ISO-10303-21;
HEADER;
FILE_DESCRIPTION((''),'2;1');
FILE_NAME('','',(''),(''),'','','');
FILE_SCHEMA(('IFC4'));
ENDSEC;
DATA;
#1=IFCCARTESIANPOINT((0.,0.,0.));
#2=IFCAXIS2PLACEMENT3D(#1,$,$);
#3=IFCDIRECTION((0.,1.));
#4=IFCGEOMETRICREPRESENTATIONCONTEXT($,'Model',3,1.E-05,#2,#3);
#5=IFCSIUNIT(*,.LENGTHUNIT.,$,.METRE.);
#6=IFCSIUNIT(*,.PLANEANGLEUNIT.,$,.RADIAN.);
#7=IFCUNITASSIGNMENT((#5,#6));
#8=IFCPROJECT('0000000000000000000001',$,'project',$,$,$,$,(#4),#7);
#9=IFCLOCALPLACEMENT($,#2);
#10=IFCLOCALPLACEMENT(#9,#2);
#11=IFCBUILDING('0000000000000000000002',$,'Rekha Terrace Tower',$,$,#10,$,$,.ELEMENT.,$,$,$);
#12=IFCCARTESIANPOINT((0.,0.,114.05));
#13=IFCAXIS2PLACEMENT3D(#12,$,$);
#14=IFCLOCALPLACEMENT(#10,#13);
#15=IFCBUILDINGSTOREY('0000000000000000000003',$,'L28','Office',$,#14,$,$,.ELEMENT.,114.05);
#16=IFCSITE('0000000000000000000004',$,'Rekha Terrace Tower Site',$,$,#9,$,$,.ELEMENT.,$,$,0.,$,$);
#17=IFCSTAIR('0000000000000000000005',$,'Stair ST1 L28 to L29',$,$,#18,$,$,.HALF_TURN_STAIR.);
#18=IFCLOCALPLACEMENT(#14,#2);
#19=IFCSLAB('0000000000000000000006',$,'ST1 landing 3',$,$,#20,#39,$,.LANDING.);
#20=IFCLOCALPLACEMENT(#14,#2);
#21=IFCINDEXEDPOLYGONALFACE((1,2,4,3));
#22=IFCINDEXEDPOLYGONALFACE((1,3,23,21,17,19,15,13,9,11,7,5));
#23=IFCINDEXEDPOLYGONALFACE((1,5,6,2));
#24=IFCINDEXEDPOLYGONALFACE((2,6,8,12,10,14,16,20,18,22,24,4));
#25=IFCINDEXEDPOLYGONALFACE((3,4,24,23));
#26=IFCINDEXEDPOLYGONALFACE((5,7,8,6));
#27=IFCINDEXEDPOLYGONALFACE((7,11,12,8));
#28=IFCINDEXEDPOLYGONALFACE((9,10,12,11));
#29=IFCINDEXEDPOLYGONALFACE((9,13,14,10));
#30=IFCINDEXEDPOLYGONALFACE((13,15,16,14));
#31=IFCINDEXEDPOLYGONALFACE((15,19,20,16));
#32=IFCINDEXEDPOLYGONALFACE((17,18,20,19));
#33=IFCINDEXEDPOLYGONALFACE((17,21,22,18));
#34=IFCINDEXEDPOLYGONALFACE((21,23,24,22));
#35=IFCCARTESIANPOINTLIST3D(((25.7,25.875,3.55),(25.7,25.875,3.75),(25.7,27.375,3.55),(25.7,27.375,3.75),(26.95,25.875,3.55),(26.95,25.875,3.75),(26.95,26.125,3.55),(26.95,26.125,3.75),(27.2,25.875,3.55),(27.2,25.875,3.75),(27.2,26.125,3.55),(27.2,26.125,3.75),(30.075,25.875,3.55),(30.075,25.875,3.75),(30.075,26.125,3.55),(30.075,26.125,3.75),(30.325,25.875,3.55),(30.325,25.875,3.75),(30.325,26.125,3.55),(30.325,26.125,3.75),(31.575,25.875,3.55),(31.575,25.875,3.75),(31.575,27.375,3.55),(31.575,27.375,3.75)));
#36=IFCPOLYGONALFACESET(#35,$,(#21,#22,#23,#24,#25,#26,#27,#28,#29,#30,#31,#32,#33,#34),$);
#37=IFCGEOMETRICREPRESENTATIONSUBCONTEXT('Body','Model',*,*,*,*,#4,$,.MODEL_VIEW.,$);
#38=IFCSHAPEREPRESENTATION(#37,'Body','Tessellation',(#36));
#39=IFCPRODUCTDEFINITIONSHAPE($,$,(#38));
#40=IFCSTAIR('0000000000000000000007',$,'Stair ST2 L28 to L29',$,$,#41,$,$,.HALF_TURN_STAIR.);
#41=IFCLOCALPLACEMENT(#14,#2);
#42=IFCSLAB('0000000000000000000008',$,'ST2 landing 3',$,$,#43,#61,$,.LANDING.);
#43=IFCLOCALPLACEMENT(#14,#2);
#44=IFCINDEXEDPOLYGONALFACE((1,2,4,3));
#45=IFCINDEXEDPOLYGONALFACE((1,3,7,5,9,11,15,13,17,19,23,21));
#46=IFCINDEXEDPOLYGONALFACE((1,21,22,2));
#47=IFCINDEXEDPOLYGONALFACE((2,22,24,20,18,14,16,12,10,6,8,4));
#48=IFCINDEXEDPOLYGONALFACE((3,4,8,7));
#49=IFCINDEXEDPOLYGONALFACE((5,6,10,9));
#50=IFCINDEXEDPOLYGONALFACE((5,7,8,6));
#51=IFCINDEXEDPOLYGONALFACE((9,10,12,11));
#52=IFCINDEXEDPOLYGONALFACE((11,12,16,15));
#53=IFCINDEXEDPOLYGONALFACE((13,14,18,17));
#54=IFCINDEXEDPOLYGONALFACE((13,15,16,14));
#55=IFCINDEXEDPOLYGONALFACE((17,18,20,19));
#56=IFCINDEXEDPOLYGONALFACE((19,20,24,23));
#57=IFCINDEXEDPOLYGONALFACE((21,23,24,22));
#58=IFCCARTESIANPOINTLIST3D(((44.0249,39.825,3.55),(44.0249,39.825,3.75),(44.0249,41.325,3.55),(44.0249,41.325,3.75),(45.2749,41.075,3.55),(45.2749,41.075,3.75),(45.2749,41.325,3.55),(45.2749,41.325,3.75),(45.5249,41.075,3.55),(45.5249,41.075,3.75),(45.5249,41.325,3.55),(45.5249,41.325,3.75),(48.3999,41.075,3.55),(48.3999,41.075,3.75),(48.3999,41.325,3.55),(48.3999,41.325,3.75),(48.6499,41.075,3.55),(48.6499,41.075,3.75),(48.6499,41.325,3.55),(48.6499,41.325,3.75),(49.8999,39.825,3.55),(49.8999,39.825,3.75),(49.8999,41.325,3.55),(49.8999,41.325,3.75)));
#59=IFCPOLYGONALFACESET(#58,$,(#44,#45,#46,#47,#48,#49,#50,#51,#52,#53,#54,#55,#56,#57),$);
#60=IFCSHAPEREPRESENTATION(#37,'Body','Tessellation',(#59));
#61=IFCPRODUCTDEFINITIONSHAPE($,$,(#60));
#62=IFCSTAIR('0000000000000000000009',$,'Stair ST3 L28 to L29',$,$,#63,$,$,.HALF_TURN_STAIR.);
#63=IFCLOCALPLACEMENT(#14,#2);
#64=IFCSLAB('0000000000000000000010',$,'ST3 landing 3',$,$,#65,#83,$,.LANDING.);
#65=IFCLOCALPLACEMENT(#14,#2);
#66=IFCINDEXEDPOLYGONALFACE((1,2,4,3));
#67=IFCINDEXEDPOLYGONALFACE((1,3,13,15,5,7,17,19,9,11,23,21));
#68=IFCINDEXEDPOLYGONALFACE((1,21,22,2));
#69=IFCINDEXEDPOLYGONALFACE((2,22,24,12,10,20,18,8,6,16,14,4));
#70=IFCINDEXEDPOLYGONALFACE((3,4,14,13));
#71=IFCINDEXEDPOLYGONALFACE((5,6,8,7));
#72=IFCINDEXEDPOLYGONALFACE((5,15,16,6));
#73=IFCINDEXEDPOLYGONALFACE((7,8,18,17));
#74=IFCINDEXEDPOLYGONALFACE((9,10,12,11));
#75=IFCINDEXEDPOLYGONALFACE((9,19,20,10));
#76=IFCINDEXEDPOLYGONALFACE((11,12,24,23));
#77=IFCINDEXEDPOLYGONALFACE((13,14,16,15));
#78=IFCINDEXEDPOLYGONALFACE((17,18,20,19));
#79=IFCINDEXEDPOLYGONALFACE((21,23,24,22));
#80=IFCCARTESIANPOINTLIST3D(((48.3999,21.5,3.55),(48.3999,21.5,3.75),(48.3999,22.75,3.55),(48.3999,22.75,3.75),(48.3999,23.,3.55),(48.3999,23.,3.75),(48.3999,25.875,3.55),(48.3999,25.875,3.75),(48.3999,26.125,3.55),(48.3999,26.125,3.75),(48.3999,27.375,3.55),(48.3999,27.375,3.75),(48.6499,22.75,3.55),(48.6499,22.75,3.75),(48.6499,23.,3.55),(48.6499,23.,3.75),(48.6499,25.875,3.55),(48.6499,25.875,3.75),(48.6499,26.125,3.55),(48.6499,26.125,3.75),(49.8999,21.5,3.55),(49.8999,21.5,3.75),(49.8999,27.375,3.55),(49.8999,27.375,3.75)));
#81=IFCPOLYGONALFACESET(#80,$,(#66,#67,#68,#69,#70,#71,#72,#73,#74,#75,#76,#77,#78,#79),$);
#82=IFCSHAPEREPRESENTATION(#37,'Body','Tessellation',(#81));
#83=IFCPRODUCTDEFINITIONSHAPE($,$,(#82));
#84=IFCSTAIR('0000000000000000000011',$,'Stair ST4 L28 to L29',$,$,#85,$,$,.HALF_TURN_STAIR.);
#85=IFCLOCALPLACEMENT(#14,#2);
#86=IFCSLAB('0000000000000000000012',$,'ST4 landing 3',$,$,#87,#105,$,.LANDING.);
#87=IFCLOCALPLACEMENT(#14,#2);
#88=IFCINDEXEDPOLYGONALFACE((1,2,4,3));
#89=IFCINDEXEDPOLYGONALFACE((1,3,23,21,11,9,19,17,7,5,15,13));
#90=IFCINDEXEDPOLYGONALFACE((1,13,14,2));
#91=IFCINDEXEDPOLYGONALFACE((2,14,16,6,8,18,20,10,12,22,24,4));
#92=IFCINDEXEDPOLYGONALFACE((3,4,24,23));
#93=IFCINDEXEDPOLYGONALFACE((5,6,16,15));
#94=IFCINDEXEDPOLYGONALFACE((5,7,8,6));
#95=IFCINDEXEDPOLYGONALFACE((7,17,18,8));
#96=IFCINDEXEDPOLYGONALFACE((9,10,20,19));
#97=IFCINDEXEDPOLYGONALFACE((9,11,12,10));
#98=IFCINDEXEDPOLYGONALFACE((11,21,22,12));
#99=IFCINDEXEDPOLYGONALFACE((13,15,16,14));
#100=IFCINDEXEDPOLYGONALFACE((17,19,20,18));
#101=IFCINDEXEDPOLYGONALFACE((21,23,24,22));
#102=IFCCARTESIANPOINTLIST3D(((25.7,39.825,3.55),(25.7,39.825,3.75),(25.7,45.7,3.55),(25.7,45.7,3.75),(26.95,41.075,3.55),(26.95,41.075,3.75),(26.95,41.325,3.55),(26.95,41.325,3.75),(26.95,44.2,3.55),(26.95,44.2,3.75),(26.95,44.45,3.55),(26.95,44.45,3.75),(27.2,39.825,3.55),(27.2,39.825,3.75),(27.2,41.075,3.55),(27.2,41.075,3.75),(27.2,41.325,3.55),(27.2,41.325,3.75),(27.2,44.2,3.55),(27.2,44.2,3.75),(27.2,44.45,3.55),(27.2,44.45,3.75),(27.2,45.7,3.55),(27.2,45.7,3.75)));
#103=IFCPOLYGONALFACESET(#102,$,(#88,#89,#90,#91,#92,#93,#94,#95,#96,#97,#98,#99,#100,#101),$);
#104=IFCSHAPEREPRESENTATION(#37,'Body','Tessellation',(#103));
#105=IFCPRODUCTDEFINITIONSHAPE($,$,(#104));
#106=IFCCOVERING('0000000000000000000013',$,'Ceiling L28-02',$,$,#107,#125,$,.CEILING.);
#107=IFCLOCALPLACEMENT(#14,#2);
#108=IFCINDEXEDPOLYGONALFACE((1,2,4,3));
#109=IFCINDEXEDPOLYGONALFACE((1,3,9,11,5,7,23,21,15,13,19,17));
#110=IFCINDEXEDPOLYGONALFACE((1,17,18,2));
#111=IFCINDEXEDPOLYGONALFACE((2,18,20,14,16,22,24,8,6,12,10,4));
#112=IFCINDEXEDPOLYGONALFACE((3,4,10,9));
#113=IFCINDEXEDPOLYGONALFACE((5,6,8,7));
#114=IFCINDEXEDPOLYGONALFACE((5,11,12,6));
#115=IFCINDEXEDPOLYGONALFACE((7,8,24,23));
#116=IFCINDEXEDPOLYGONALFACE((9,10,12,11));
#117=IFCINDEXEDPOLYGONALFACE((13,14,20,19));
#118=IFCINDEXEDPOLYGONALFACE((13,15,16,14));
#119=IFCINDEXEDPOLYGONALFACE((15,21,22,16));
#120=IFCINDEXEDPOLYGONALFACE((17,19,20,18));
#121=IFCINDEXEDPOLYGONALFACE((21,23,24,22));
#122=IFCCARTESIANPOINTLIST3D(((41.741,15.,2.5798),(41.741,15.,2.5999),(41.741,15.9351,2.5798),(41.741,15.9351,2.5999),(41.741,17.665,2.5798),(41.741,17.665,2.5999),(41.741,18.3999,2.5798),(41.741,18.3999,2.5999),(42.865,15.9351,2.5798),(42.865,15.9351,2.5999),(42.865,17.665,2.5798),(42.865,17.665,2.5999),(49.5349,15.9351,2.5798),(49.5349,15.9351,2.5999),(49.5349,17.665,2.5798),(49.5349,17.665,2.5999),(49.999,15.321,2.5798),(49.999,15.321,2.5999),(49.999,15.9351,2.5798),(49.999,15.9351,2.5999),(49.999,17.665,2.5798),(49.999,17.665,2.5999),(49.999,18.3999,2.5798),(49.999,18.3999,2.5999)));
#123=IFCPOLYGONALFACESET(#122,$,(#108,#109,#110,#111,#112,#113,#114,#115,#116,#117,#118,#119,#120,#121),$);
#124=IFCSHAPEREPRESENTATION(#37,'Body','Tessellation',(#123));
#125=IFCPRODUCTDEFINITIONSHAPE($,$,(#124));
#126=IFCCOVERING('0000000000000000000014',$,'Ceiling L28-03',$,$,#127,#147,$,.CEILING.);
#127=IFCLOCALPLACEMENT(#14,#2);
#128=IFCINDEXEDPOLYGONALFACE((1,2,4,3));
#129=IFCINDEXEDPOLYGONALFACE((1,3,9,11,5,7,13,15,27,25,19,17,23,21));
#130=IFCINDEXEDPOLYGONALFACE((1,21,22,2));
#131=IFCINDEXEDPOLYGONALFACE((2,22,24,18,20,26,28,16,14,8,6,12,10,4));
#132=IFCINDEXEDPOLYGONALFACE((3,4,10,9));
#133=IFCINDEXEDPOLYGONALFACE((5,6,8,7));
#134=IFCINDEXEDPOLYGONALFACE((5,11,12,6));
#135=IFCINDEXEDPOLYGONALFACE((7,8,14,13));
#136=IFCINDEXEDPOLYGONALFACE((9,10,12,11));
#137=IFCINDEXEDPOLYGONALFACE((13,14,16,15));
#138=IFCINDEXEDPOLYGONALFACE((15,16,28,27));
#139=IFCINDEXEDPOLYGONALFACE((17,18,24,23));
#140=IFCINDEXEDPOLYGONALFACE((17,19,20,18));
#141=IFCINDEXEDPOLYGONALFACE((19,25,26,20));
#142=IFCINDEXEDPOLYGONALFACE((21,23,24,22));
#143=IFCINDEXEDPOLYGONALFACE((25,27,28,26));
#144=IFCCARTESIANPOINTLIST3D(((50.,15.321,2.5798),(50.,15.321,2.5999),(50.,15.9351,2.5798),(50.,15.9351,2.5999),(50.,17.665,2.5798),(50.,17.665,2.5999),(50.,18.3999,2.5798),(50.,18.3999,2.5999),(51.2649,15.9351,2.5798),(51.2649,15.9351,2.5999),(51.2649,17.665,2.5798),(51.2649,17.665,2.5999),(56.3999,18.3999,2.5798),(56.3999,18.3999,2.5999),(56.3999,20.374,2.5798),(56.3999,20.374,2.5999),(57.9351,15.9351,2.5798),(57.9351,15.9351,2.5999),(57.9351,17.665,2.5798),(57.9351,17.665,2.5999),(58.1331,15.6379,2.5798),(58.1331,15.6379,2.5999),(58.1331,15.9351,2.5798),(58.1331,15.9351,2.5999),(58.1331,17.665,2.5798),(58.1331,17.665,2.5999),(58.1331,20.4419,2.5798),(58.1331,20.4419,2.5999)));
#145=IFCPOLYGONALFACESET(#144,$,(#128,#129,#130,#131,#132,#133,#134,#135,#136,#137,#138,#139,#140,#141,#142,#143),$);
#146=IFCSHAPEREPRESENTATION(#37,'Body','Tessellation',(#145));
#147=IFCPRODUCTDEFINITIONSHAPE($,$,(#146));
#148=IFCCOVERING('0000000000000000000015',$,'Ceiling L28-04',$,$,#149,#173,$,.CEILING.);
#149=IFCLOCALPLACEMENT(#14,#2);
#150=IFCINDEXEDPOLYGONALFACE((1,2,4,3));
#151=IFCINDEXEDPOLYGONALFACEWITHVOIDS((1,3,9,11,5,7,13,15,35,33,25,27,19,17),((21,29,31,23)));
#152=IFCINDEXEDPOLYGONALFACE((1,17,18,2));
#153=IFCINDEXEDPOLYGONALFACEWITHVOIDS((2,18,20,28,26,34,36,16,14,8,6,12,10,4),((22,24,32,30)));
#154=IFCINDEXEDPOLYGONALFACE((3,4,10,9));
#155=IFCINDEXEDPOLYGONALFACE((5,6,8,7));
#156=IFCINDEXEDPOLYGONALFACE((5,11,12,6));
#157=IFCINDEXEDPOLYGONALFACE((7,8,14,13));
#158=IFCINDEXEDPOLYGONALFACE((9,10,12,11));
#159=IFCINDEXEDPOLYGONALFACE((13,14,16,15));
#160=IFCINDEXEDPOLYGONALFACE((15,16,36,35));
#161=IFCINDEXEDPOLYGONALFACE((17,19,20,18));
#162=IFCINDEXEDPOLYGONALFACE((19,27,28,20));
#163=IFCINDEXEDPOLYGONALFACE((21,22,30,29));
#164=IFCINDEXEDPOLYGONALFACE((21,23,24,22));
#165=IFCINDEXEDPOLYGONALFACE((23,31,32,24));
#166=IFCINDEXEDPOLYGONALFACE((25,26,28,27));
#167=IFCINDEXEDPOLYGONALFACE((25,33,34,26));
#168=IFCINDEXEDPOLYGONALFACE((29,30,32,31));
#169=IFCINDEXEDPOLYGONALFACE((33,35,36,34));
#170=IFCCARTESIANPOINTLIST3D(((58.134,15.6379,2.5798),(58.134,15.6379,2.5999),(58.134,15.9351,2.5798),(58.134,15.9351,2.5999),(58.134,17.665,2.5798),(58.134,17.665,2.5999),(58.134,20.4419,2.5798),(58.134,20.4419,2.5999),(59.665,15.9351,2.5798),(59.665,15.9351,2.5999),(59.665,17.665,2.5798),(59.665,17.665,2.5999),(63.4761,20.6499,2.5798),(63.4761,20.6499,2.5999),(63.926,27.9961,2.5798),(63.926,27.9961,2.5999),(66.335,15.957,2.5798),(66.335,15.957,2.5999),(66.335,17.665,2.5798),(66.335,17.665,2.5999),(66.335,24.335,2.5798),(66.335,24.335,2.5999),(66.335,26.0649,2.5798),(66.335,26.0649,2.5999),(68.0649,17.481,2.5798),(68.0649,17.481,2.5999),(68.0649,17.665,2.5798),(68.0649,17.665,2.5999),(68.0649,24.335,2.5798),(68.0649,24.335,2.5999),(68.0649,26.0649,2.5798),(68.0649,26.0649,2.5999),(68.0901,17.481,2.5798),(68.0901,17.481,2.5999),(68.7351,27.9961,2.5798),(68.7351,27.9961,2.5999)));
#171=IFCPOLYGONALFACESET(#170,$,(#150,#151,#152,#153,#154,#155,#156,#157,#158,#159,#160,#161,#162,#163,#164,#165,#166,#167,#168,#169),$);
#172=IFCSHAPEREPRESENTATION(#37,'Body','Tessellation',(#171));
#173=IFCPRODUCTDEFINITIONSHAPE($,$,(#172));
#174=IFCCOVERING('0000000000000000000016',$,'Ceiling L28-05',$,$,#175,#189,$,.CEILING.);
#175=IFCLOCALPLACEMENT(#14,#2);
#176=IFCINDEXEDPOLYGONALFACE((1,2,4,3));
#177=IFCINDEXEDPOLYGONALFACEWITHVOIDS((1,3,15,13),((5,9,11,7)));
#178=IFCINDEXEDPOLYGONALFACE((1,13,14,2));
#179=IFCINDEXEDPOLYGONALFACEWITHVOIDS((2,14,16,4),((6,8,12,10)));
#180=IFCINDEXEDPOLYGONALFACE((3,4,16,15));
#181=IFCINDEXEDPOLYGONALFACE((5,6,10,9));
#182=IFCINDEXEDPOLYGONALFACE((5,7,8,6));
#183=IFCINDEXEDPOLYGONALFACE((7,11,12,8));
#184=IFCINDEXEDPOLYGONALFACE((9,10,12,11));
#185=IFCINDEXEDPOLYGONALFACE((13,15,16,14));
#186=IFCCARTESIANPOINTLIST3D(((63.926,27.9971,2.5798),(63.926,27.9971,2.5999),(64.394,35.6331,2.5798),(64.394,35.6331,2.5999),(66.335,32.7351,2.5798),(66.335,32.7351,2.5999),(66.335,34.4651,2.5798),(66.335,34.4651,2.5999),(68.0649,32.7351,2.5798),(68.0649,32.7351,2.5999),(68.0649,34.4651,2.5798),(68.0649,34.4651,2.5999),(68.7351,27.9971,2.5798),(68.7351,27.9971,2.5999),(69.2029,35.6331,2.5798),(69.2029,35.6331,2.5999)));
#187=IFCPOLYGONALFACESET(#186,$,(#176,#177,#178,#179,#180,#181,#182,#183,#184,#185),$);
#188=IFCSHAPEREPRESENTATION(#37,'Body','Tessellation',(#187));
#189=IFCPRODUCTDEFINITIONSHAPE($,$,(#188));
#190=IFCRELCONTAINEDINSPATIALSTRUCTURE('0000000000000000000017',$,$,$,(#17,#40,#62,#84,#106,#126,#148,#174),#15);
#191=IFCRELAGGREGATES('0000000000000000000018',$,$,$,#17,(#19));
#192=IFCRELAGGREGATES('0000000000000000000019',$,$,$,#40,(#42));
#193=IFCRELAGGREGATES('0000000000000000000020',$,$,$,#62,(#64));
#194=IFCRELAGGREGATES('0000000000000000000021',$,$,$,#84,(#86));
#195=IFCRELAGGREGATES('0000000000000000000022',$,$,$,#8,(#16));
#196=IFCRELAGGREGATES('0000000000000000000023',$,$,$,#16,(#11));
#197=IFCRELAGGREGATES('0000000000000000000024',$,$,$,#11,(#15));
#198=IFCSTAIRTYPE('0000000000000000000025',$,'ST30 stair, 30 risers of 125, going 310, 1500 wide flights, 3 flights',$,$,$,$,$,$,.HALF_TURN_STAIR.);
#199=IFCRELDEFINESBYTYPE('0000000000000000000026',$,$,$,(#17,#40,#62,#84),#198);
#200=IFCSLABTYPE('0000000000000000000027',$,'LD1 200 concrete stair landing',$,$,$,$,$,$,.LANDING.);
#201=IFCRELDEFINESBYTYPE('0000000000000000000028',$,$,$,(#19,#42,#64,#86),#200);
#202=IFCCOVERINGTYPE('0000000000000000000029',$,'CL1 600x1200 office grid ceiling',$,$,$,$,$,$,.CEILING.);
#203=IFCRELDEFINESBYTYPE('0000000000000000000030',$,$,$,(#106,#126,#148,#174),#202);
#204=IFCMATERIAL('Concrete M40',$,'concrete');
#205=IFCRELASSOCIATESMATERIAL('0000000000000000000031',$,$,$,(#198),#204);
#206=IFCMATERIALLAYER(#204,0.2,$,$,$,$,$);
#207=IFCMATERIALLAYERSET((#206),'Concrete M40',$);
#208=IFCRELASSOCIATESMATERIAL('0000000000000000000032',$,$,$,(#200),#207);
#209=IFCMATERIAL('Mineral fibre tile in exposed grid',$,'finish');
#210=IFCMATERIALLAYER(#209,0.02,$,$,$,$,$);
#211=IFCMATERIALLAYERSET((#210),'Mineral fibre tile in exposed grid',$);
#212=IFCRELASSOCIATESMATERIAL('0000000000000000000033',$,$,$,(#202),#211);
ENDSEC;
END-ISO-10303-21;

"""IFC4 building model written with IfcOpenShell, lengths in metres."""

from ifc_helpers import new_model, si_unit, direction, frame, origin, place, context, subcontext, project, spatial, polyline, outline, extrude, material, layer, layer_set, type_object, element, aggregate, save


model = new_model("IFC4")

# Units and contexts
model_context = context("Model", 3, precision=1e-05, world=origin(), true_north=direction((0.0, 1.0)))
body_context = subcontext(model_context, "Body", "Model", "MODEL_VIEW")
ifc_project = project(units=[si_unit("LENGTHUNIT", "METRE"), si_unit("PLANEANGLEUNIT", "RADIAN")], contexts=[model_context])

# Site, building, storey
site_placement = place(None, origin())
site = spatial("IfcSite", under=ifc_project, at=site_placement, Name="Rekha Terrace Tower Site", CompositionType="ELEMENT", RefElevation=0.0)
building_placement = place(site_placement, origin())
building = spatial("IfcBuilding", under=site, at=building_placement, Name="Rekha Terrace Tower", CompositionType="ELEMENT")
storey_placement = place(building_placement, frame((0.0, 0.0, 114.05)))
storey = spatial("IfcBuildingStorey", under=building, at=storey_placement, Name="L28", Description="Office", CompositionType="ELEMENT", Elevation=114.05)

# Stairs, slabs
ifc_material_1 = material(Name="Concrete M40", Category="concrete")
stair_type = type_object("IfcStairType", Name="ST30 stair, 30 risers of 125, going 310, 1500 wide flights, 3 flights", PredefinedType="HALF_TURN_STAIR", material=ifc_material_1)
stair_1_placement = place(storey_placement, origin())
stair_1 = element("IfcStair", 1, at=stair_1_placement, inside=storey, type_object=stair_type, Name="Stair ST1 L28 to L29", PredefinedType="HALF_TURN_STAIR")
ifc_layer_1 = layer(ifc_material_1, 0.2)
ifc_layer_set_1 = layer_set([ifc_layer_1], Name="Concrete M40")
slab_type = type_object("IfcSlabType", Name="LD1 200 concrete stair landing", PredefinedType="LANDING", material=ifc_layer_set_1)
slab_1_placement = place(storey_placement, frame((0.0, 0.0, 3.55)))
slab_1 = element("IfcSlab", 2, at=slab_1_placement, type_object=slab_type, Name="ST1 landing 3", PredefinedType="LANDING", context=body_context, shape_type="SweptSolid", body=[
    extrude(outline(polyline([(31.575, 25.875), (31.575, 27.375), (25.7, 27.375), (25.7, 25.875), (26.95, 25.875), (26.95, 26.125), (27.2, 26.125), (27.2, 25.875), (30.075, 25.875), (30.075, 26.125), (30.325, 26.125), (30.325, 25.875), (31.575, 25.875)])), origin(), (0.0, 0.0, 1.0), 0.2),
])
aggregate(stair_1, [slab_1])
stair_2_placement = place(storey_placement, origin())
stair_2 = element("IfcStair", 3, at=stair_2_placement, inside=storey, type_object=stair_type, Name="Stair ST2 L28 to L29", PredefinedType="HALF_TURN_STAIR")
slab_2_placement = place(storey_placement, frame((0.0, 0.0, 3.55)))
slab_2 = element("IfcSlab", 4, at=slab_2_placement, type_object=slab_type, Name="ST2 landing 3", PredefinedType="LANDING", context=body_context, shape_type="SweptSolid", body=[
    extrude(outline(polyline([(44.0249, 41.325), (44.0249, 39.825), (49.8999, 39.825), (49.8999, 41.325), (48.6499, 41.325), (48.6499, 41.075), (48.3999, 41.075), (48.3999, 41.325), (45.5249, 41.325), (45.5249, 41.075), (45.2749, 41.075), (45.2749, 41.325), (44.0249, 41.325)])), origin(), (0.0, 0.0, 1.0), 0.2),
])
aggregate(stair_2, [slab_2])
stair_3_placement = place(storey_placement, origin())
stair_3 = element("IfcStair", 5, at=stair_3_placement, inside=storey, type_object=stair_type, Name="Stair ST3 L28 to L29", PredefinedType="HALF_TURN_STAIR")
slab_3_placement = place(storey_placement, frame((0.0, 0.0, 3.55)))
slab_3 = element("IfcSlab", 6, at=slab_3_placement, type_object=slab_type, Name="ST3 landing 3", PredefinedType="LANDING", context=body_context, shape_type="SweptSolid", body=[
    extrude(outline(polyline([(48.3999, 21.5), (49.8999, 21.5), (49.8999, 27.375), (48.3999, 27.375), (48.3999, 26.125), (48.6499, 26.125), (48.6499, 25.875), (48.3999, 25.875), (48.3999, 23.0), (48.6499, 23.0), (48.6499, 22.75), (48.3999, 22.75), (48.3999, 21.5)])), origin(), (0.0, 0.0, 1.0), 0.2),
])
aggregate(stair_3, [slab_3])
stair_4_placement = place(storey_placement, origin())
stair_4 = element("IfcStair", 7, at=stair_4_placement, inside=storey, type_object=stair_type, Name="Stair ST4 L28 to L29", PredefinedType="HALF_TURN_STAIR")
slab_4_placement = place(storey_placement, frame((0.0, 0.0, 3.55)))
slab_4 = element("IfcSlab", 8, at=slab_4_placement, type_object=slab_type, Name="ST4 landing 3", PredefinedType="LANDING", context=body_context, shape_type="SweptSolid", body=[
    extrude(outline(polyline([(27.2, 39.825), (25.7, 39.825), (25.7, 45.7), (27.2, 45.7), (27.2, 44.45), (26.95, 44.45), (26.95, 44.2), (27.2, 44.2), (27.2, 41.325), (26.95, 41.325), (26.95, 41.075), (27.2, 41.075), (27.2, 39.825)])), origin(), (0.0, 0.0, 1.0), 0.2),
])
aggregate(stair_4, [slab_4])

# Coverings
ifc_material_2 = material(Name="Mineral fibre tile in exposed grid", Category="finish")
ifc_layer_2 = layer(ifc_material_2, 0.02)
ifc_layer_set_2 = layer_set([ifc_layer_2], Name="Mineral fibre tile in exposed grid")
covering_type_1 = type_object("IfcCoveringType", Name="CL1 600x1200 office grid ceiling", PredefinedType="CEILING", material=ifc_layer_set_2)
covering_1_placement = place(storey_placement, frame((0.0, 0.0, 2.5798)))
element("IfcCovering", 9, at=covering_1_placement, inside=storey, type_object=covering_type_1, Name="Ceiling L28-02", PredefinedType="CEILING", context=body_context, shape_type="SweptSolid", body=[
    extrude(outline(polyline([(41.741, 15.9351), (41.741, 15.0), (49.999, 15.321), (49.999, 15.9351), (49.5349, 15.9351), (49.5349, 17.665), (49.999, 17.665), (49.999, 18.3999), (41.741, 18.3999), (41.741, 17.665), (42.865, 17.665), (42.865, 15.9351), (41.741, 15.9351)])), origin(), (0.0, 0.0, 1.0), 0.02),
])
covering_2_placement = place(storey_placement, frame((0.0, 0.0, 2.5798)))
element("IfcCovering", 10, at=covering_2_placement, inside=storey, type_object=covering_type_1, Name="Ceiling L28-03", PredefinedType="CEILING", context=body_context, shape_type="SweptSolid", body=[
    extrude(outline(polyline([(58.1331, 17.665), (58.1331, 20.4419), (56.3999, 20.374), (56.3999, 18.3999), (50.0, 18.3999), (50.0, 17.665), (51.2649, 17.665), (51.2649, 15.9351), (50.0, 15.9351), (50.0, 15.321), (58.1331, 15.6379), (58.1331, 15.9351), (57.9351, 15.9351), (57.9351, 17.665), (58.1331, 17.665)])), origin(), (0.0, 0.0, 1.0), 0.02),
])
covering_3_placement = place(storey_placement, frame((0.0, 0.0, 2.5798)))
element("IfcCovering", 11, at=covering_3_placement, inside=storey, type_object=covering_type_1, Name="Ceiling L28-04", PredefinedType="CEILING", context=body_context, shape_type="SweptSolid", body=[
    extrude(outline(polyline([(68.0901, 17.481), (68.7351, 27.9961), (63.926, 27.9961), (63.4761, 20.6499), (58.134, 20.4419), (58.134, 17.665), (59.665, 17.665), (59.665, 15.9351), (58.134, 15.9351), (58.134, 15.6379), (66.335, 15.957), (66.335, 17.665), (68.0649, 17.665), (68.0649, 17.481), (68.0901, 17.481)]), holes=[polyline([(68.0649, 24.335), (66.335, 24.335), (66.335, 26.0649), (68.0649, 26.0649), (68.0649, 24.335)])]), origin(), (0.0, 0.0, 1.0), 0.02),
])
covering_4_placement = place(storey_placement, frame((0.0, 0.0, 2.5798)))
element("IfcCovering", 12, at=covering_4_placement, inside=storey, type_object=covering_type_1, Name="Ceiling L28-05", PredefinedType="CEILING", context=body_context, shape_type="SweptSolid", body=[
    extrude(outline(polyline([(63.926, 27.9971), (68.7351, 27.9971), (69.2029, 35.6331), (64.394, 35.6331), (63.926, 27.9971)]), holes=[polyline([(68.0649, 34.4651), (68.0649, 32.7351), (66.335, 32.7351), (66.335, 34.4651), (68.0649, 34.4651)])]), origin(), (0.0, 0.0, 1.0), 0.02),
])

save(model, "model.ifc")
